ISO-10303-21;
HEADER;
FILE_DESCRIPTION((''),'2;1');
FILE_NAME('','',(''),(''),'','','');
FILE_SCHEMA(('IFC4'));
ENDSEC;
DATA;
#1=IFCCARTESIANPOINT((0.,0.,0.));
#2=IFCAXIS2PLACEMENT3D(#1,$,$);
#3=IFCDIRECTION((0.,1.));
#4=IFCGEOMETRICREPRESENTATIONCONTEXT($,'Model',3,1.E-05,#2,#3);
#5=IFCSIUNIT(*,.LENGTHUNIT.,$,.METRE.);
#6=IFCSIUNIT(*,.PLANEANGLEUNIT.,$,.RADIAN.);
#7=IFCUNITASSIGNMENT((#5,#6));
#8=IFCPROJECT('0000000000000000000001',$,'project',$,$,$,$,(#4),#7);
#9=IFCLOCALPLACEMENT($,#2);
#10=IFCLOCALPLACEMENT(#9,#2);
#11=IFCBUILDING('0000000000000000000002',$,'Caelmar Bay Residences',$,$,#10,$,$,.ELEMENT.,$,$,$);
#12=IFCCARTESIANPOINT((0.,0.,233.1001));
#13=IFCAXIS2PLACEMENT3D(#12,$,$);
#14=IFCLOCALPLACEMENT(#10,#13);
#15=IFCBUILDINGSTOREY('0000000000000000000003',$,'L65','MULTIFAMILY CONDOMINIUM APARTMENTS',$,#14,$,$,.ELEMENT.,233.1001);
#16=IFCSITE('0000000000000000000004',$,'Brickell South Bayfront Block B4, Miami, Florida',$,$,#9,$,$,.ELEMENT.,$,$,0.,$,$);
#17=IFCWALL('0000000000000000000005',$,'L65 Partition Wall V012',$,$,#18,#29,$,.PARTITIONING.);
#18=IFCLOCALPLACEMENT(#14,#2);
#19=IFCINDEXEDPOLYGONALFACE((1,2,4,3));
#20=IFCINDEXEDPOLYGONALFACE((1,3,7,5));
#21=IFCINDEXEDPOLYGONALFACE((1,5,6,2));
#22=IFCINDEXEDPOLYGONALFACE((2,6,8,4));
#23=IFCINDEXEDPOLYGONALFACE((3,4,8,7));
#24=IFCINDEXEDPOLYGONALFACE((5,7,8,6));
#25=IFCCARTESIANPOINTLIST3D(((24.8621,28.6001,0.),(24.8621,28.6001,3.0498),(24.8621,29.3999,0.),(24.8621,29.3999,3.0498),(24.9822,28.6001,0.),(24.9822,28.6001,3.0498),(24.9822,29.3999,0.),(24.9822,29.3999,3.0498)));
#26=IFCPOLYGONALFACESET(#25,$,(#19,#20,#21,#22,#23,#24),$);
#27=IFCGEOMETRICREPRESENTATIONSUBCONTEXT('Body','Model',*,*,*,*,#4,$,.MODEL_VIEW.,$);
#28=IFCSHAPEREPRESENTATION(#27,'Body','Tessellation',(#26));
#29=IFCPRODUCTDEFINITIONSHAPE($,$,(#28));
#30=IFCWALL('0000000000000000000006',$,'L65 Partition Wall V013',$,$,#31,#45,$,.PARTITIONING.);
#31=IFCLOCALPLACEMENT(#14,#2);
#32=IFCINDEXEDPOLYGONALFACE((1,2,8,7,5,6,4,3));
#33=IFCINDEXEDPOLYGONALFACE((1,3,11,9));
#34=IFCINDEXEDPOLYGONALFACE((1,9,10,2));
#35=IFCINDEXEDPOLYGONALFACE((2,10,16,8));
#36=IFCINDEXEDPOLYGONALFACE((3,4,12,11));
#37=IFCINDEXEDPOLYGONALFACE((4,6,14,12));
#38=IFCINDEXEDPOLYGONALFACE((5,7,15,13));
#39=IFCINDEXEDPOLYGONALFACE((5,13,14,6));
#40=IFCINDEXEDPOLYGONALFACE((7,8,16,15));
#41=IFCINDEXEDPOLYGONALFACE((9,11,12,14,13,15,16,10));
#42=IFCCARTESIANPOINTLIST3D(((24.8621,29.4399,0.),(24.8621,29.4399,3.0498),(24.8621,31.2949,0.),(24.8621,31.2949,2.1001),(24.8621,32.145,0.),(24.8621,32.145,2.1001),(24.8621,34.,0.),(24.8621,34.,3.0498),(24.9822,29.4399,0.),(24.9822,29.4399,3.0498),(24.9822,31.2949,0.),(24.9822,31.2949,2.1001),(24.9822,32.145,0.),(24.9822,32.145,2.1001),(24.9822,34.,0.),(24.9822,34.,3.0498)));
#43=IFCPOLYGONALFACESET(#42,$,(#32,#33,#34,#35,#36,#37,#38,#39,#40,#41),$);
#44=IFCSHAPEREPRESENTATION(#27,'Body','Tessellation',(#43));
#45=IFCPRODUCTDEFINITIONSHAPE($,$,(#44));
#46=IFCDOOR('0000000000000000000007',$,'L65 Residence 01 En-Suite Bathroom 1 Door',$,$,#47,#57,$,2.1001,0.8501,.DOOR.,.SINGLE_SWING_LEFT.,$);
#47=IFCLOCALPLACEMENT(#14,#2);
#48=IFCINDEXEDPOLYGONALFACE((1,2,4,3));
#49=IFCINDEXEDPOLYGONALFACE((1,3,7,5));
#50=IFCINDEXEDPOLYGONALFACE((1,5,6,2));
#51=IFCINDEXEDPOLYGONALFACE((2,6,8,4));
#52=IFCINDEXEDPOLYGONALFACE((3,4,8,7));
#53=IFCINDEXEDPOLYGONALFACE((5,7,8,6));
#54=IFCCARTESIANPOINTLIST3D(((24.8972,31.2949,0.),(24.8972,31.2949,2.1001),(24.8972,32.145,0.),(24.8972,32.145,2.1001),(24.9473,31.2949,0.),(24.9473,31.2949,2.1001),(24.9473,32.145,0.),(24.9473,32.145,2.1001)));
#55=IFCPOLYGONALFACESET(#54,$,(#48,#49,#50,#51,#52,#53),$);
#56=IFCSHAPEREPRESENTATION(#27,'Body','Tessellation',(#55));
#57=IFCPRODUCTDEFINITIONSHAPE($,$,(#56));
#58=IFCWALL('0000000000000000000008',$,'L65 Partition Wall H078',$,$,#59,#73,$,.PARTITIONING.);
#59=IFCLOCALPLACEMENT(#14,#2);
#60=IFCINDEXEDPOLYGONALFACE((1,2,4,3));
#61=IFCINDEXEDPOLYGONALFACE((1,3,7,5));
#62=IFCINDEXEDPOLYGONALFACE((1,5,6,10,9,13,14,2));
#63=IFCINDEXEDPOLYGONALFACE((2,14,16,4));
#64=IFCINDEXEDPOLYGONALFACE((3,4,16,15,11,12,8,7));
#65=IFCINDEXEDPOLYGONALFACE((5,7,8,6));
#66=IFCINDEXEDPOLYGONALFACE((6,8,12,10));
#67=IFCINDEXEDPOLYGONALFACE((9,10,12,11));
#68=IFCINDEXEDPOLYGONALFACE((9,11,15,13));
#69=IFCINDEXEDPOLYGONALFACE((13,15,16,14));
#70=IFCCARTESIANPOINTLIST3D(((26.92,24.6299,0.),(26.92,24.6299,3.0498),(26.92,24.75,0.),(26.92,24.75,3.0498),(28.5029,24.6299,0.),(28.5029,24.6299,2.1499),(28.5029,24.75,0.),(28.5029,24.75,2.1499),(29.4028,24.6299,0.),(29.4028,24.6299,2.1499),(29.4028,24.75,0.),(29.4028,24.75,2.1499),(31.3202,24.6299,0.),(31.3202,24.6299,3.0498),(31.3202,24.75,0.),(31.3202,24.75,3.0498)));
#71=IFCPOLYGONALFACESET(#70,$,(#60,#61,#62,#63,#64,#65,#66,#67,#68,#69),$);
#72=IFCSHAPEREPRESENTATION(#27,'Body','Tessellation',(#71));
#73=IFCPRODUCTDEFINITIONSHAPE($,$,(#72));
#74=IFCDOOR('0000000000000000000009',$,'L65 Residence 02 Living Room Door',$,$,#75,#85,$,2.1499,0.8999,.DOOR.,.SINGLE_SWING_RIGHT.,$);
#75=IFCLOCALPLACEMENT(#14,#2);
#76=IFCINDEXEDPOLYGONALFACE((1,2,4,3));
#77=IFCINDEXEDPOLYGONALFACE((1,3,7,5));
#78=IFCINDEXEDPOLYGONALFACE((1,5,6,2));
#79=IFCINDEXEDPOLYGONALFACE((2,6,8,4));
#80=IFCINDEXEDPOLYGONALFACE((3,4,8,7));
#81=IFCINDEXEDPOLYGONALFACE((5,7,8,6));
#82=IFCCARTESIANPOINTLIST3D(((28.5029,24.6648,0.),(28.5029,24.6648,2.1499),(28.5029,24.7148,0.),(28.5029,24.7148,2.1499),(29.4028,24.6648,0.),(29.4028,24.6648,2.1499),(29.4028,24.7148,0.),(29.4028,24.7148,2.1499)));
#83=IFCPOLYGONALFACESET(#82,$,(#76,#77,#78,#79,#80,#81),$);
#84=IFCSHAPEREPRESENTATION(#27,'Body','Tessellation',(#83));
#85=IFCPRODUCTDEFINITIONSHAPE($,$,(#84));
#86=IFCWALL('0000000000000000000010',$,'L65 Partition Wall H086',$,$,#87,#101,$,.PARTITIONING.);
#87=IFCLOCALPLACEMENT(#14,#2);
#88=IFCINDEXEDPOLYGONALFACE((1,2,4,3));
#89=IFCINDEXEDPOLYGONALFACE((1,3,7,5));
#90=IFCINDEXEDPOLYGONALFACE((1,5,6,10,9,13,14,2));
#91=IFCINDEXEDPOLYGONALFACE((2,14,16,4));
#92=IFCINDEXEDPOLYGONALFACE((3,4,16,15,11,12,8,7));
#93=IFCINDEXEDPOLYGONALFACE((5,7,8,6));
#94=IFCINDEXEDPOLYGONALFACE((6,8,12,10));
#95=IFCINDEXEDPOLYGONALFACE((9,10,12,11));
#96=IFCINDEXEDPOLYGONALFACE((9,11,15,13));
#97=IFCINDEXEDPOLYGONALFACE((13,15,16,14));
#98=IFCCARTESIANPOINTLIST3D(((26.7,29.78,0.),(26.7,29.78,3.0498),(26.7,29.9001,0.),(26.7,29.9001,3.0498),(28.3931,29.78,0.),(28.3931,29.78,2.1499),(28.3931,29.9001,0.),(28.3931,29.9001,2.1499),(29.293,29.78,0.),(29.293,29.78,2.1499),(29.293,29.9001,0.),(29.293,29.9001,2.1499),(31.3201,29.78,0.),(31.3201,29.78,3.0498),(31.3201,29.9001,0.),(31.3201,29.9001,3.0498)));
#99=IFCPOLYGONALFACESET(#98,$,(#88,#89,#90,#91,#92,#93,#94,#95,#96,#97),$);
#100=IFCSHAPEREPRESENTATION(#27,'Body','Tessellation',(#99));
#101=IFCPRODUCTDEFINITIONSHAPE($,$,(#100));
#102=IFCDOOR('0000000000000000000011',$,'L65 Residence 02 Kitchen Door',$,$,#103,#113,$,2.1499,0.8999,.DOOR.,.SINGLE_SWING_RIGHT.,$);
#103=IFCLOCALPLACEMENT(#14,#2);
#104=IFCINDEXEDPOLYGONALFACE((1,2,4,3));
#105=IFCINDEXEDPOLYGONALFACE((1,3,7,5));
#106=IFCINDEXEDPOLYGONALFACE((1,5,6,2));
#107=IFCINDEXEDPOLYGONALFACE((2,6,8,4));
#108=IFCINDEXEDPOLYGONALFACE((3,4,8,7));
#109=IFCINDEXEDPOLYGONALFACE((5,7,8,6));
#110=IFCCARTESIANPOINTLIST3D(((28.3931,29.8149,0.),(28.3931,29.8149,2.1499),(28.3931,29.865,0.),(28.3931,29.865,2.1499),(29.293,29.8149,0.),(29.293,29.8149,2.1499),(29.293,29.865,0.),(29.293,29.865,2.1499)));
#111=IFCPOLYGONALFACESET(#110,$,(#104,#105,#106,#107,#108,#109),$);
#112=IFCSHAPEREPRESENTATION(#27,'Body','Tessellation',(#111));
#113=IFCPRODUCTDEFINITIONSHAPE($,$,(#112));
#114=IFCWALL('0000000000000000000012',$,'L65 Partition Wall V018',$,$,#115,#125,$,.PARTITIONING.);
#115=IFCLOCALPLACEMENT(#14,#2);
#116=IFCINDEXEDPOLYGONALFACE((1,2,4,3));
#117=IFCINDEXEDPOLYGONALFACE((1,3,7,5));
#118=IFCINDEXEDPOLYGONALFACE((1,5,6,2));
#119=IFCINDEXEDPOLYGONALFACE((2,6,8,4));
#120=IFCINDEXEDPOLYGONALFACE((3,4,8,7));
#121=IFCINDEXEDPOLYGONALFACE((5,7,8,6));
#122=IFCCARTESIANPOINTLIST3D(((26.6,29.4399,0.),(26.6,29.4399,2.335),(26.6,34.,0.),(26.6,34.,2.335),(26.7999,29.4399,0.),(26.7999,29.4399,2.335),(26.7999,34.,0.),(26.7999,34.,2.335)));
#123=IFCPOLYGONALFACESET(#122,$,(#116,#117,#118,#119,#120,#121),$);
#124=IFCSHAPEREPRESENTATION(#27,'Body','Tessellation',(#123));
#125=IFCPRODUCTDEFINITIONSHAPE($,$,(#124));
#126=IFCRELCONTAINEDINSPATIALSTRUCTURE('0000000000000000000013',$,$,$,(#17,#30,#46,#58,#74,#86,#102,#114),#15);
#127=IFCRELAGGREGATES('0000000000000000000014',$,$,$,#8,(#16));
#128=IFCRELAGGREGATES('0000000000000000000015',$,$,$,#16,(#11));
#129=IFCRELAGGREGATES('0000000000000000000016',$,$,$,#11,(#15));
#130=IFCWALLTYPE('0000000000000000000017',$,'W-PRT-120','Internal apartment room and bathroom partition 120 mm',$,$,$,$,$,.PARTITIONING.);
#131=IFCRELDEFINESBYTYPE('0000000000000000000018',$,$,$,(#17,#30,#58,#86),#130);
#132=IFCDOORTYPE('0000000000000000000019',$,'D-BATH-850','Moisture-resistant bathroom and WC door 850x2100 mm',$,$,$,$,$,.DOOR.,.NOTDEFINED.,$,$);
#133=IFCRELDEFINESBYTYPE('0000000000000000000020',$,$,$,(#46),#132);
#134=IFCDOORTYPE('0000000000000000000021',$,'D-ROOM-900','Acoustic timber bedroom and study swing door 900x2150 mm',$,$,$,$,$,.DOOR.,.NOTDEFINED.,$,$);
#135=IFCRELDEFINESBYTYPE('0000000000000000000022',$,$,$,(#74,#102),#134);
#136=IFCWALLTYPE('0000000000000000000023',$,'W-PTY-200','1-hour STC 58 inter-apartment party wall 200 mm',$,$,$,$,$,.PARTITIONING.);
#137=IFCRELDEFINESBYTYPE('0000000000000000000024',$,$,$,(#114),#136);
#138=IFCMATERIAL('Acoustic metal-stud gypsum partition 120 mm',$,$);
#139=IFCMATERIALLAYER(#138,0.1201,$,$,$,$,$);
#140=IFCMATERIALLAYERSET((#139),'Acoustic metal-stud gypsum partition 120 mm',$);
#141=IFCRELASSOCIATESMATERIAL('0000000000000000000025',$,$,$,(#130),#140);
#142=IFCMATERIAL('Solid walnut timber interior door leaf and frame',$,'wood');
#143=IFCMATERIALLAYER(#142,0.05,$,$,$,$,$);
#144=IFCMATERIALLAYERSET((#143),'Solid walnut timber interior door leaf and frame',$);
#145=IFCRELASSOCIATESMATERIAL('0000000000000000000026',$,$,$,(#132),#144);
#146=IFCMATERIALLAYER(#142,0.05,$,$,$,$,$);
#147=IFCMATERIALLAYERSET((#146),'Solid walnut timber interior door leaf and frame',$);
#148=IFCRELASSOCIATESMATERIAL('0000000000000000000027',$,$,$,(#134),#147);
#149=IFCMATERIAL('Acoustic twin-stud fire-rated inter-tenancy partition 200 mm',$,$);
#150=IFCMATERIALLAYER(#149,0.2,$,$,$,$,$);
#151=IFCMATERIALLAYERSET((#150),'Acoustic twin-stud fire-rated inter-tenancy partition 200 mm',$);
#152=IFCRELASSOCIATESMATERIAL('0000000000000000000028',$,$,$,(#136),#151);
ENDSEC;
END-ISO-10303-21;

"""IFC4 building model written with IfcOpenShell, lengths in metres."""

from ifc_helpers import new_model, si_unit, direction, frame, frame_2d, origin, place, context, subcontext, project, spatial, rectangle, extrude, material, layer, layer_set, type_object, element, fill, save


model = new_model("IFC4")

# Units and contexts
model_context = context("Model", 3, precision=1e-05, world=origin(), true_north=direction((0.0, 1.0)))
body_context = subcontext(model_context, "Body", "Model", "MODEL_VIEW")
ifc_project = project(units=[si_unit("LENGTHUNIT", "METRE"), si_unit("PLANEANGLEUNIT", "RADIAN")], contexts=[model_context])

# Site, building, storey
site_placement = place(None, origin())
site = spatial("IfcSite", under=ifc_project, at=site_placement, Name="Brickell South Bayfront Block B4, Miami, Florida", CompositionType="ELEMENT", RefElevation=0.0)
building_placement = place(site_placement, origin())
building = spatial("IfcBuilding", under=site, at=building_placement, Name="Caelmar Bay Residences", CompositionType="ELEMENT")
storey_placement = place(building_placement, frame((0.0, 0.0, 233.1001)))
storey = spatial("IfcBuildingStorey", under=building, at=storey_placement, Name="L65", Description="MULTIFAMILY CONDOMINIUM APARTMENTS", CompositionType="ELEMENT", Elevation=233.1001)

# Wall
ifc_material_1 = material(Name="Acoustic metal-stud gypsum partition 120 mm")
ifc_layer_1 = layer(ifc_material_1, 0.1201)
ifc_layer_set_1 = layer_set([ifc_layer_1], Name="Acoustic metal-stud gypsum partition 120 mm")
wall_type_1 = type_object("IfcWallType", Name="W-PRT-120", Description="Internal apartment room and bathroom partition 120 mm", PredefinedType="PARTITIONING", material=ifc_layer_set_1)
wall_1_placement = place(storey_placement, frame((24.9221, 28.6001, 0.0), z_axis=(0.0, 0.0, 1.0), x_axis=(0.0, 1.0, 0.0)))
element("IfcWall", 1, at=wall_1_placement, inside=storey, type_object=wall_type_1, Name="L65 Partition Wall V012", PredefinedType="PARTITIONING", context=body_context, shape_type="SweptSolid", body=[
    extrude(rectangle(XDim=0.7998, YDim=0.1201, at=frame_2d((0.3999, 0.0))), origin(), (0.0, 0.0, 1.0), 3.0498),
])

# Walls, openings, doors
wall_2_placement = place(storey_placement, frame((24.9221, 29.4399, 0.0), z_axis=(0.0, 0.0, 1.0), x_axis=(0.0, 1.0, 0.0)))
wall_2 = element("IfcWall", 2, at=wall_2_placement, inside=storey, type_object=wall_type_1, Name="L65 Partition Wall V013", PredefinedType="PARTITIONING", context=body_context, shape_type="SweptSolid", body=[
    extrude(rectangle(XDim=4.5601, YDim=0.1201, at=frame_2d((2.28, 0.0))), origin(), (0.0, 0.0, 1.0), 3.0498),
])
opening_1_placement = place(wall_2_placement, frame((1.855, 0.0, 0.0)))
opening_1 = element("IfcOpeningElement", 3, at=opening_1_placement, cuts=wall_2, PredefinedType="OPENING", context=body_context, shape_type="SweptSolid", body=[
    extrude(rectangle(XDim=0.8501, YDim=2.1001, at=frame_2d((0.425, 1.05))), frame((0.0, 0.0701, 0.0), z_axis=(0.0, -1.0, 0.0), x_axis=(1.0, 0.0, 0.0)), (0.0, 0.0, 1.0), 0.1401),
])
ifc_material_2 = material(Name="Solid walnut timber interior door leaf and frame", Category="wood")
ifc_layer_2 = layer(ifc_material_2, 0.05)
ifc_layer_set_2 = layer_set([ifc_layer_2], Name="Solid walnut timber interior door leaf and frame")
door_type_1 = type_object("IfcDoorType", Name="D-BATH-850", Description="Moisture-resistant bathroom and WC door 850x2100 mm", OperationType="NOTDEFINED", PredefinedType="DOOR", material=ifc_layer_set_2)
door_1_placement = place(opening_1_placement, origin())
door_1 = element("IfcDoor", 4, at=door_1_placement, inside=storey, type_object=door_type_1, Name="L65 Residence 01 En-Suite Bathroom 1 Door", OperationType="SINGLE_SWING_LEFT", OverallHeight=2.1001, OverallWidth=0.8501, PredefinedType="DOOR", context=body_context, shape_type="SweptSolid", body=[
    extrude(rectangle(XDim=0.8501, YDim=2.1001, at=frame_2d((0.425, 1.05))), frame((0.0, 0.0249, 0.0), z_axis=(0.0, -1.0, 0.0), x_axis=(1.0, 0.0, 0.0)), (0.0, 0.0, 1.0), 0.05),
])
fill(opening_1, door_1)
wall_3_placement = place(storey_placement, frame((26.9199, 24.6899, 0.0), z_axis=(0.0, 0.0, 1.0), x_axis=(1.0, 0.0, 0.0)))
wall_3 = element("IfcWall", 5, at=wall_3_placement, inside=storey, type_object=wall_type_1, Name="L65 Partition Wall H078", PredefinedType="PARTITIONING", context=body_context, shape_type="SweptSolid", body=[
    extrude(rectangle(XDim=4.4001, YDim=0.1201, at=frame_2d((2.2002, 0.0))), origin(), (0.0, 0.0, 1.0), 3.0498),
])
opening_2_placement = place(wall_3_placement, frame((1.583, 0.0, 0.0)))
opening_2 = element("IfcOpeningElement", 6, at=opening_2_placement, cuts=wall_3, PredefinedType="OPENING", context=body_context, shape_type="SweptSolid", body=[
    extrude(rectangle(XDim=0.8999, YDim=2.1499, at=frame_2d((0.45, 1.075))), frame((0.0, 0.0701, 0.0), z_axis=(0.0, -1.0, 0.0), x_axis=(1.0, 0.0, 0.0)), (0.0, 0.0, 1.0), 0.1401),
])
ifc_layer_3 = layer(ifc_material_2, 0.05)
ifc_layer_set_3 = layer_set([ifc_layer_3], Name="Solid walnut timber interior door leaf and frame")
door_type_2 = type_object("IfcDoorType", Name="D-ROOM-900", Description="Acoustic timber bedroom and study swing door 900x2150 mm", OperationType="NOTDEFINED", PredefinedType="DOOR", material=ifc_layer_set_3)
door_2_placement = place(opening_2_placement, origin())
door_2 = element("IfcDoor", 7, at=door_2_placement, inside=storey, type_object=door_type_2, Name="L65 Residence 02 Living Room Door", OperationType="SINGLE_SWING_RIGHT", OverallHeight=2.1499, OverallWidth=0.8999, PredefinedType="DOOR", context=body_context, shape_type="SweptSolid", body=[
    extrude(rectangle(XDim=0.8999, YDim=2.1499, at=frame_2d((0.45, 1.075))), frame((0.0, 0.0249, 0.0), z_axis=(0.0, -1.0, 0.0), x_axis=(1.0, 0.0, 0.0)), (0.0, 0.0, 1.0), 0.05),
])
fill(opening_2, door_2)
wall_4_placement = place(storey_placement, frame((26.7, 29.8401, 0.0), z_axis=(0.0, 0.0, 1.0), x_axis=(1.0, 0.0, 0.0)))
wall_4 = element("IfcWall", 8, at=wall_4_placement, inside=storey, type_object=wall_type_1, Name="L65 Partition Wall H086", PredefinedType="PARTITIONING", context=body_context, shape_type="SweptSolid", body=[
    extrude(rectangle(XDim=4.6201, YDim=0.1201, at=frame_2d((2.3101, 0.0))), origin(), (0.0, 0.0, 1.0), 3.0498),
])
opening_3_placement = place(wall_4_placement, frame((1.6931, 0.0, 0.0)))
opening_3 = element("IfcOpeningElement", 9, at=opening_3_placement, cuts=wall_4, PredefinedType="OPENING", context=body_context, shape_type="SweptSolid", body=[
    extrude(rectangle(XDim=0.8999, YDim=2.1499, at=frame_2d((0.45, 1.075))), frame((0.0, 0.0701, 0.0), z_axis=(0.0, -1.0, 0.0), x_axis=(1.0, 0.0, 0.0)), (0.0, 0.0, 1.0), 0.1401),
])
door_3_placement = place(opening_3_placement, origin())
door_3 = element("IfcDoor", 10, at=door_3_placement, inside=storey, type_object=door_type_2, Name="L65 Residence 02 Kitchen Door", OperationType="SINGLE_SWING_RIGHT", OverallHeight=2.1499, OverallWidth=0.8999, PredefinedType="DOOR", context=body_context, shape_type="SweptSolid", body=[
    extrude(rectangle(XDim=0.8999, YDim=2.1499, at=frame_2d((0.45, 1.075))), frame((0.0, 0.0249, 0.0), z_axis=(0.0, -1.0, 0.0), x_axis=(1.0, 0.0, 0.0)), (0.0, 0.0, 1.0), 0.05),
])
fill(opening_3, door_3)

# Wall
ifc_material_3 = material(Name="Acoustic twin-stud fire-rated inter-tenancy partition 200 mm")
ifc_layer_4 = layer(ifc_material_3, 0.2)
ifc_layer_set_4 = layer_set([ifc_layer_4], Name="Acoustic twin-stud fire-rated inter-tenancy partition 200 mm")
wall_type_2 = type_object("IfcWallType", Name="W-PTY-200", Description="1-hour STC 58 inter-apartment party wall 200 mm", PredefinedType="PARTITIONING", material=ifc_layer_set_4)
wall_5_placement = place(storey_placement, frame((26.7, 29.4399, 0.0), z_axis=(0.0, 0.0, 1.0), x_axis=(0.0, 1.0, 0.0)))
element("IfcWall", 11, at=wall_5_placement, inside=storey, type_object=wall_type_2, Name="L65 Partition Wall V018", PredefinedType="PARTITIONING", context=body_context, shape_type="SweptSolid", body=[
    extrude(rectangle(XDim=4.5601, YDim=0.2, at=frame_2d((2.28, 0.0))), origin(), (0.0, 0.0, 1.0), 2.335),
])

save(model, "model.ifc")
